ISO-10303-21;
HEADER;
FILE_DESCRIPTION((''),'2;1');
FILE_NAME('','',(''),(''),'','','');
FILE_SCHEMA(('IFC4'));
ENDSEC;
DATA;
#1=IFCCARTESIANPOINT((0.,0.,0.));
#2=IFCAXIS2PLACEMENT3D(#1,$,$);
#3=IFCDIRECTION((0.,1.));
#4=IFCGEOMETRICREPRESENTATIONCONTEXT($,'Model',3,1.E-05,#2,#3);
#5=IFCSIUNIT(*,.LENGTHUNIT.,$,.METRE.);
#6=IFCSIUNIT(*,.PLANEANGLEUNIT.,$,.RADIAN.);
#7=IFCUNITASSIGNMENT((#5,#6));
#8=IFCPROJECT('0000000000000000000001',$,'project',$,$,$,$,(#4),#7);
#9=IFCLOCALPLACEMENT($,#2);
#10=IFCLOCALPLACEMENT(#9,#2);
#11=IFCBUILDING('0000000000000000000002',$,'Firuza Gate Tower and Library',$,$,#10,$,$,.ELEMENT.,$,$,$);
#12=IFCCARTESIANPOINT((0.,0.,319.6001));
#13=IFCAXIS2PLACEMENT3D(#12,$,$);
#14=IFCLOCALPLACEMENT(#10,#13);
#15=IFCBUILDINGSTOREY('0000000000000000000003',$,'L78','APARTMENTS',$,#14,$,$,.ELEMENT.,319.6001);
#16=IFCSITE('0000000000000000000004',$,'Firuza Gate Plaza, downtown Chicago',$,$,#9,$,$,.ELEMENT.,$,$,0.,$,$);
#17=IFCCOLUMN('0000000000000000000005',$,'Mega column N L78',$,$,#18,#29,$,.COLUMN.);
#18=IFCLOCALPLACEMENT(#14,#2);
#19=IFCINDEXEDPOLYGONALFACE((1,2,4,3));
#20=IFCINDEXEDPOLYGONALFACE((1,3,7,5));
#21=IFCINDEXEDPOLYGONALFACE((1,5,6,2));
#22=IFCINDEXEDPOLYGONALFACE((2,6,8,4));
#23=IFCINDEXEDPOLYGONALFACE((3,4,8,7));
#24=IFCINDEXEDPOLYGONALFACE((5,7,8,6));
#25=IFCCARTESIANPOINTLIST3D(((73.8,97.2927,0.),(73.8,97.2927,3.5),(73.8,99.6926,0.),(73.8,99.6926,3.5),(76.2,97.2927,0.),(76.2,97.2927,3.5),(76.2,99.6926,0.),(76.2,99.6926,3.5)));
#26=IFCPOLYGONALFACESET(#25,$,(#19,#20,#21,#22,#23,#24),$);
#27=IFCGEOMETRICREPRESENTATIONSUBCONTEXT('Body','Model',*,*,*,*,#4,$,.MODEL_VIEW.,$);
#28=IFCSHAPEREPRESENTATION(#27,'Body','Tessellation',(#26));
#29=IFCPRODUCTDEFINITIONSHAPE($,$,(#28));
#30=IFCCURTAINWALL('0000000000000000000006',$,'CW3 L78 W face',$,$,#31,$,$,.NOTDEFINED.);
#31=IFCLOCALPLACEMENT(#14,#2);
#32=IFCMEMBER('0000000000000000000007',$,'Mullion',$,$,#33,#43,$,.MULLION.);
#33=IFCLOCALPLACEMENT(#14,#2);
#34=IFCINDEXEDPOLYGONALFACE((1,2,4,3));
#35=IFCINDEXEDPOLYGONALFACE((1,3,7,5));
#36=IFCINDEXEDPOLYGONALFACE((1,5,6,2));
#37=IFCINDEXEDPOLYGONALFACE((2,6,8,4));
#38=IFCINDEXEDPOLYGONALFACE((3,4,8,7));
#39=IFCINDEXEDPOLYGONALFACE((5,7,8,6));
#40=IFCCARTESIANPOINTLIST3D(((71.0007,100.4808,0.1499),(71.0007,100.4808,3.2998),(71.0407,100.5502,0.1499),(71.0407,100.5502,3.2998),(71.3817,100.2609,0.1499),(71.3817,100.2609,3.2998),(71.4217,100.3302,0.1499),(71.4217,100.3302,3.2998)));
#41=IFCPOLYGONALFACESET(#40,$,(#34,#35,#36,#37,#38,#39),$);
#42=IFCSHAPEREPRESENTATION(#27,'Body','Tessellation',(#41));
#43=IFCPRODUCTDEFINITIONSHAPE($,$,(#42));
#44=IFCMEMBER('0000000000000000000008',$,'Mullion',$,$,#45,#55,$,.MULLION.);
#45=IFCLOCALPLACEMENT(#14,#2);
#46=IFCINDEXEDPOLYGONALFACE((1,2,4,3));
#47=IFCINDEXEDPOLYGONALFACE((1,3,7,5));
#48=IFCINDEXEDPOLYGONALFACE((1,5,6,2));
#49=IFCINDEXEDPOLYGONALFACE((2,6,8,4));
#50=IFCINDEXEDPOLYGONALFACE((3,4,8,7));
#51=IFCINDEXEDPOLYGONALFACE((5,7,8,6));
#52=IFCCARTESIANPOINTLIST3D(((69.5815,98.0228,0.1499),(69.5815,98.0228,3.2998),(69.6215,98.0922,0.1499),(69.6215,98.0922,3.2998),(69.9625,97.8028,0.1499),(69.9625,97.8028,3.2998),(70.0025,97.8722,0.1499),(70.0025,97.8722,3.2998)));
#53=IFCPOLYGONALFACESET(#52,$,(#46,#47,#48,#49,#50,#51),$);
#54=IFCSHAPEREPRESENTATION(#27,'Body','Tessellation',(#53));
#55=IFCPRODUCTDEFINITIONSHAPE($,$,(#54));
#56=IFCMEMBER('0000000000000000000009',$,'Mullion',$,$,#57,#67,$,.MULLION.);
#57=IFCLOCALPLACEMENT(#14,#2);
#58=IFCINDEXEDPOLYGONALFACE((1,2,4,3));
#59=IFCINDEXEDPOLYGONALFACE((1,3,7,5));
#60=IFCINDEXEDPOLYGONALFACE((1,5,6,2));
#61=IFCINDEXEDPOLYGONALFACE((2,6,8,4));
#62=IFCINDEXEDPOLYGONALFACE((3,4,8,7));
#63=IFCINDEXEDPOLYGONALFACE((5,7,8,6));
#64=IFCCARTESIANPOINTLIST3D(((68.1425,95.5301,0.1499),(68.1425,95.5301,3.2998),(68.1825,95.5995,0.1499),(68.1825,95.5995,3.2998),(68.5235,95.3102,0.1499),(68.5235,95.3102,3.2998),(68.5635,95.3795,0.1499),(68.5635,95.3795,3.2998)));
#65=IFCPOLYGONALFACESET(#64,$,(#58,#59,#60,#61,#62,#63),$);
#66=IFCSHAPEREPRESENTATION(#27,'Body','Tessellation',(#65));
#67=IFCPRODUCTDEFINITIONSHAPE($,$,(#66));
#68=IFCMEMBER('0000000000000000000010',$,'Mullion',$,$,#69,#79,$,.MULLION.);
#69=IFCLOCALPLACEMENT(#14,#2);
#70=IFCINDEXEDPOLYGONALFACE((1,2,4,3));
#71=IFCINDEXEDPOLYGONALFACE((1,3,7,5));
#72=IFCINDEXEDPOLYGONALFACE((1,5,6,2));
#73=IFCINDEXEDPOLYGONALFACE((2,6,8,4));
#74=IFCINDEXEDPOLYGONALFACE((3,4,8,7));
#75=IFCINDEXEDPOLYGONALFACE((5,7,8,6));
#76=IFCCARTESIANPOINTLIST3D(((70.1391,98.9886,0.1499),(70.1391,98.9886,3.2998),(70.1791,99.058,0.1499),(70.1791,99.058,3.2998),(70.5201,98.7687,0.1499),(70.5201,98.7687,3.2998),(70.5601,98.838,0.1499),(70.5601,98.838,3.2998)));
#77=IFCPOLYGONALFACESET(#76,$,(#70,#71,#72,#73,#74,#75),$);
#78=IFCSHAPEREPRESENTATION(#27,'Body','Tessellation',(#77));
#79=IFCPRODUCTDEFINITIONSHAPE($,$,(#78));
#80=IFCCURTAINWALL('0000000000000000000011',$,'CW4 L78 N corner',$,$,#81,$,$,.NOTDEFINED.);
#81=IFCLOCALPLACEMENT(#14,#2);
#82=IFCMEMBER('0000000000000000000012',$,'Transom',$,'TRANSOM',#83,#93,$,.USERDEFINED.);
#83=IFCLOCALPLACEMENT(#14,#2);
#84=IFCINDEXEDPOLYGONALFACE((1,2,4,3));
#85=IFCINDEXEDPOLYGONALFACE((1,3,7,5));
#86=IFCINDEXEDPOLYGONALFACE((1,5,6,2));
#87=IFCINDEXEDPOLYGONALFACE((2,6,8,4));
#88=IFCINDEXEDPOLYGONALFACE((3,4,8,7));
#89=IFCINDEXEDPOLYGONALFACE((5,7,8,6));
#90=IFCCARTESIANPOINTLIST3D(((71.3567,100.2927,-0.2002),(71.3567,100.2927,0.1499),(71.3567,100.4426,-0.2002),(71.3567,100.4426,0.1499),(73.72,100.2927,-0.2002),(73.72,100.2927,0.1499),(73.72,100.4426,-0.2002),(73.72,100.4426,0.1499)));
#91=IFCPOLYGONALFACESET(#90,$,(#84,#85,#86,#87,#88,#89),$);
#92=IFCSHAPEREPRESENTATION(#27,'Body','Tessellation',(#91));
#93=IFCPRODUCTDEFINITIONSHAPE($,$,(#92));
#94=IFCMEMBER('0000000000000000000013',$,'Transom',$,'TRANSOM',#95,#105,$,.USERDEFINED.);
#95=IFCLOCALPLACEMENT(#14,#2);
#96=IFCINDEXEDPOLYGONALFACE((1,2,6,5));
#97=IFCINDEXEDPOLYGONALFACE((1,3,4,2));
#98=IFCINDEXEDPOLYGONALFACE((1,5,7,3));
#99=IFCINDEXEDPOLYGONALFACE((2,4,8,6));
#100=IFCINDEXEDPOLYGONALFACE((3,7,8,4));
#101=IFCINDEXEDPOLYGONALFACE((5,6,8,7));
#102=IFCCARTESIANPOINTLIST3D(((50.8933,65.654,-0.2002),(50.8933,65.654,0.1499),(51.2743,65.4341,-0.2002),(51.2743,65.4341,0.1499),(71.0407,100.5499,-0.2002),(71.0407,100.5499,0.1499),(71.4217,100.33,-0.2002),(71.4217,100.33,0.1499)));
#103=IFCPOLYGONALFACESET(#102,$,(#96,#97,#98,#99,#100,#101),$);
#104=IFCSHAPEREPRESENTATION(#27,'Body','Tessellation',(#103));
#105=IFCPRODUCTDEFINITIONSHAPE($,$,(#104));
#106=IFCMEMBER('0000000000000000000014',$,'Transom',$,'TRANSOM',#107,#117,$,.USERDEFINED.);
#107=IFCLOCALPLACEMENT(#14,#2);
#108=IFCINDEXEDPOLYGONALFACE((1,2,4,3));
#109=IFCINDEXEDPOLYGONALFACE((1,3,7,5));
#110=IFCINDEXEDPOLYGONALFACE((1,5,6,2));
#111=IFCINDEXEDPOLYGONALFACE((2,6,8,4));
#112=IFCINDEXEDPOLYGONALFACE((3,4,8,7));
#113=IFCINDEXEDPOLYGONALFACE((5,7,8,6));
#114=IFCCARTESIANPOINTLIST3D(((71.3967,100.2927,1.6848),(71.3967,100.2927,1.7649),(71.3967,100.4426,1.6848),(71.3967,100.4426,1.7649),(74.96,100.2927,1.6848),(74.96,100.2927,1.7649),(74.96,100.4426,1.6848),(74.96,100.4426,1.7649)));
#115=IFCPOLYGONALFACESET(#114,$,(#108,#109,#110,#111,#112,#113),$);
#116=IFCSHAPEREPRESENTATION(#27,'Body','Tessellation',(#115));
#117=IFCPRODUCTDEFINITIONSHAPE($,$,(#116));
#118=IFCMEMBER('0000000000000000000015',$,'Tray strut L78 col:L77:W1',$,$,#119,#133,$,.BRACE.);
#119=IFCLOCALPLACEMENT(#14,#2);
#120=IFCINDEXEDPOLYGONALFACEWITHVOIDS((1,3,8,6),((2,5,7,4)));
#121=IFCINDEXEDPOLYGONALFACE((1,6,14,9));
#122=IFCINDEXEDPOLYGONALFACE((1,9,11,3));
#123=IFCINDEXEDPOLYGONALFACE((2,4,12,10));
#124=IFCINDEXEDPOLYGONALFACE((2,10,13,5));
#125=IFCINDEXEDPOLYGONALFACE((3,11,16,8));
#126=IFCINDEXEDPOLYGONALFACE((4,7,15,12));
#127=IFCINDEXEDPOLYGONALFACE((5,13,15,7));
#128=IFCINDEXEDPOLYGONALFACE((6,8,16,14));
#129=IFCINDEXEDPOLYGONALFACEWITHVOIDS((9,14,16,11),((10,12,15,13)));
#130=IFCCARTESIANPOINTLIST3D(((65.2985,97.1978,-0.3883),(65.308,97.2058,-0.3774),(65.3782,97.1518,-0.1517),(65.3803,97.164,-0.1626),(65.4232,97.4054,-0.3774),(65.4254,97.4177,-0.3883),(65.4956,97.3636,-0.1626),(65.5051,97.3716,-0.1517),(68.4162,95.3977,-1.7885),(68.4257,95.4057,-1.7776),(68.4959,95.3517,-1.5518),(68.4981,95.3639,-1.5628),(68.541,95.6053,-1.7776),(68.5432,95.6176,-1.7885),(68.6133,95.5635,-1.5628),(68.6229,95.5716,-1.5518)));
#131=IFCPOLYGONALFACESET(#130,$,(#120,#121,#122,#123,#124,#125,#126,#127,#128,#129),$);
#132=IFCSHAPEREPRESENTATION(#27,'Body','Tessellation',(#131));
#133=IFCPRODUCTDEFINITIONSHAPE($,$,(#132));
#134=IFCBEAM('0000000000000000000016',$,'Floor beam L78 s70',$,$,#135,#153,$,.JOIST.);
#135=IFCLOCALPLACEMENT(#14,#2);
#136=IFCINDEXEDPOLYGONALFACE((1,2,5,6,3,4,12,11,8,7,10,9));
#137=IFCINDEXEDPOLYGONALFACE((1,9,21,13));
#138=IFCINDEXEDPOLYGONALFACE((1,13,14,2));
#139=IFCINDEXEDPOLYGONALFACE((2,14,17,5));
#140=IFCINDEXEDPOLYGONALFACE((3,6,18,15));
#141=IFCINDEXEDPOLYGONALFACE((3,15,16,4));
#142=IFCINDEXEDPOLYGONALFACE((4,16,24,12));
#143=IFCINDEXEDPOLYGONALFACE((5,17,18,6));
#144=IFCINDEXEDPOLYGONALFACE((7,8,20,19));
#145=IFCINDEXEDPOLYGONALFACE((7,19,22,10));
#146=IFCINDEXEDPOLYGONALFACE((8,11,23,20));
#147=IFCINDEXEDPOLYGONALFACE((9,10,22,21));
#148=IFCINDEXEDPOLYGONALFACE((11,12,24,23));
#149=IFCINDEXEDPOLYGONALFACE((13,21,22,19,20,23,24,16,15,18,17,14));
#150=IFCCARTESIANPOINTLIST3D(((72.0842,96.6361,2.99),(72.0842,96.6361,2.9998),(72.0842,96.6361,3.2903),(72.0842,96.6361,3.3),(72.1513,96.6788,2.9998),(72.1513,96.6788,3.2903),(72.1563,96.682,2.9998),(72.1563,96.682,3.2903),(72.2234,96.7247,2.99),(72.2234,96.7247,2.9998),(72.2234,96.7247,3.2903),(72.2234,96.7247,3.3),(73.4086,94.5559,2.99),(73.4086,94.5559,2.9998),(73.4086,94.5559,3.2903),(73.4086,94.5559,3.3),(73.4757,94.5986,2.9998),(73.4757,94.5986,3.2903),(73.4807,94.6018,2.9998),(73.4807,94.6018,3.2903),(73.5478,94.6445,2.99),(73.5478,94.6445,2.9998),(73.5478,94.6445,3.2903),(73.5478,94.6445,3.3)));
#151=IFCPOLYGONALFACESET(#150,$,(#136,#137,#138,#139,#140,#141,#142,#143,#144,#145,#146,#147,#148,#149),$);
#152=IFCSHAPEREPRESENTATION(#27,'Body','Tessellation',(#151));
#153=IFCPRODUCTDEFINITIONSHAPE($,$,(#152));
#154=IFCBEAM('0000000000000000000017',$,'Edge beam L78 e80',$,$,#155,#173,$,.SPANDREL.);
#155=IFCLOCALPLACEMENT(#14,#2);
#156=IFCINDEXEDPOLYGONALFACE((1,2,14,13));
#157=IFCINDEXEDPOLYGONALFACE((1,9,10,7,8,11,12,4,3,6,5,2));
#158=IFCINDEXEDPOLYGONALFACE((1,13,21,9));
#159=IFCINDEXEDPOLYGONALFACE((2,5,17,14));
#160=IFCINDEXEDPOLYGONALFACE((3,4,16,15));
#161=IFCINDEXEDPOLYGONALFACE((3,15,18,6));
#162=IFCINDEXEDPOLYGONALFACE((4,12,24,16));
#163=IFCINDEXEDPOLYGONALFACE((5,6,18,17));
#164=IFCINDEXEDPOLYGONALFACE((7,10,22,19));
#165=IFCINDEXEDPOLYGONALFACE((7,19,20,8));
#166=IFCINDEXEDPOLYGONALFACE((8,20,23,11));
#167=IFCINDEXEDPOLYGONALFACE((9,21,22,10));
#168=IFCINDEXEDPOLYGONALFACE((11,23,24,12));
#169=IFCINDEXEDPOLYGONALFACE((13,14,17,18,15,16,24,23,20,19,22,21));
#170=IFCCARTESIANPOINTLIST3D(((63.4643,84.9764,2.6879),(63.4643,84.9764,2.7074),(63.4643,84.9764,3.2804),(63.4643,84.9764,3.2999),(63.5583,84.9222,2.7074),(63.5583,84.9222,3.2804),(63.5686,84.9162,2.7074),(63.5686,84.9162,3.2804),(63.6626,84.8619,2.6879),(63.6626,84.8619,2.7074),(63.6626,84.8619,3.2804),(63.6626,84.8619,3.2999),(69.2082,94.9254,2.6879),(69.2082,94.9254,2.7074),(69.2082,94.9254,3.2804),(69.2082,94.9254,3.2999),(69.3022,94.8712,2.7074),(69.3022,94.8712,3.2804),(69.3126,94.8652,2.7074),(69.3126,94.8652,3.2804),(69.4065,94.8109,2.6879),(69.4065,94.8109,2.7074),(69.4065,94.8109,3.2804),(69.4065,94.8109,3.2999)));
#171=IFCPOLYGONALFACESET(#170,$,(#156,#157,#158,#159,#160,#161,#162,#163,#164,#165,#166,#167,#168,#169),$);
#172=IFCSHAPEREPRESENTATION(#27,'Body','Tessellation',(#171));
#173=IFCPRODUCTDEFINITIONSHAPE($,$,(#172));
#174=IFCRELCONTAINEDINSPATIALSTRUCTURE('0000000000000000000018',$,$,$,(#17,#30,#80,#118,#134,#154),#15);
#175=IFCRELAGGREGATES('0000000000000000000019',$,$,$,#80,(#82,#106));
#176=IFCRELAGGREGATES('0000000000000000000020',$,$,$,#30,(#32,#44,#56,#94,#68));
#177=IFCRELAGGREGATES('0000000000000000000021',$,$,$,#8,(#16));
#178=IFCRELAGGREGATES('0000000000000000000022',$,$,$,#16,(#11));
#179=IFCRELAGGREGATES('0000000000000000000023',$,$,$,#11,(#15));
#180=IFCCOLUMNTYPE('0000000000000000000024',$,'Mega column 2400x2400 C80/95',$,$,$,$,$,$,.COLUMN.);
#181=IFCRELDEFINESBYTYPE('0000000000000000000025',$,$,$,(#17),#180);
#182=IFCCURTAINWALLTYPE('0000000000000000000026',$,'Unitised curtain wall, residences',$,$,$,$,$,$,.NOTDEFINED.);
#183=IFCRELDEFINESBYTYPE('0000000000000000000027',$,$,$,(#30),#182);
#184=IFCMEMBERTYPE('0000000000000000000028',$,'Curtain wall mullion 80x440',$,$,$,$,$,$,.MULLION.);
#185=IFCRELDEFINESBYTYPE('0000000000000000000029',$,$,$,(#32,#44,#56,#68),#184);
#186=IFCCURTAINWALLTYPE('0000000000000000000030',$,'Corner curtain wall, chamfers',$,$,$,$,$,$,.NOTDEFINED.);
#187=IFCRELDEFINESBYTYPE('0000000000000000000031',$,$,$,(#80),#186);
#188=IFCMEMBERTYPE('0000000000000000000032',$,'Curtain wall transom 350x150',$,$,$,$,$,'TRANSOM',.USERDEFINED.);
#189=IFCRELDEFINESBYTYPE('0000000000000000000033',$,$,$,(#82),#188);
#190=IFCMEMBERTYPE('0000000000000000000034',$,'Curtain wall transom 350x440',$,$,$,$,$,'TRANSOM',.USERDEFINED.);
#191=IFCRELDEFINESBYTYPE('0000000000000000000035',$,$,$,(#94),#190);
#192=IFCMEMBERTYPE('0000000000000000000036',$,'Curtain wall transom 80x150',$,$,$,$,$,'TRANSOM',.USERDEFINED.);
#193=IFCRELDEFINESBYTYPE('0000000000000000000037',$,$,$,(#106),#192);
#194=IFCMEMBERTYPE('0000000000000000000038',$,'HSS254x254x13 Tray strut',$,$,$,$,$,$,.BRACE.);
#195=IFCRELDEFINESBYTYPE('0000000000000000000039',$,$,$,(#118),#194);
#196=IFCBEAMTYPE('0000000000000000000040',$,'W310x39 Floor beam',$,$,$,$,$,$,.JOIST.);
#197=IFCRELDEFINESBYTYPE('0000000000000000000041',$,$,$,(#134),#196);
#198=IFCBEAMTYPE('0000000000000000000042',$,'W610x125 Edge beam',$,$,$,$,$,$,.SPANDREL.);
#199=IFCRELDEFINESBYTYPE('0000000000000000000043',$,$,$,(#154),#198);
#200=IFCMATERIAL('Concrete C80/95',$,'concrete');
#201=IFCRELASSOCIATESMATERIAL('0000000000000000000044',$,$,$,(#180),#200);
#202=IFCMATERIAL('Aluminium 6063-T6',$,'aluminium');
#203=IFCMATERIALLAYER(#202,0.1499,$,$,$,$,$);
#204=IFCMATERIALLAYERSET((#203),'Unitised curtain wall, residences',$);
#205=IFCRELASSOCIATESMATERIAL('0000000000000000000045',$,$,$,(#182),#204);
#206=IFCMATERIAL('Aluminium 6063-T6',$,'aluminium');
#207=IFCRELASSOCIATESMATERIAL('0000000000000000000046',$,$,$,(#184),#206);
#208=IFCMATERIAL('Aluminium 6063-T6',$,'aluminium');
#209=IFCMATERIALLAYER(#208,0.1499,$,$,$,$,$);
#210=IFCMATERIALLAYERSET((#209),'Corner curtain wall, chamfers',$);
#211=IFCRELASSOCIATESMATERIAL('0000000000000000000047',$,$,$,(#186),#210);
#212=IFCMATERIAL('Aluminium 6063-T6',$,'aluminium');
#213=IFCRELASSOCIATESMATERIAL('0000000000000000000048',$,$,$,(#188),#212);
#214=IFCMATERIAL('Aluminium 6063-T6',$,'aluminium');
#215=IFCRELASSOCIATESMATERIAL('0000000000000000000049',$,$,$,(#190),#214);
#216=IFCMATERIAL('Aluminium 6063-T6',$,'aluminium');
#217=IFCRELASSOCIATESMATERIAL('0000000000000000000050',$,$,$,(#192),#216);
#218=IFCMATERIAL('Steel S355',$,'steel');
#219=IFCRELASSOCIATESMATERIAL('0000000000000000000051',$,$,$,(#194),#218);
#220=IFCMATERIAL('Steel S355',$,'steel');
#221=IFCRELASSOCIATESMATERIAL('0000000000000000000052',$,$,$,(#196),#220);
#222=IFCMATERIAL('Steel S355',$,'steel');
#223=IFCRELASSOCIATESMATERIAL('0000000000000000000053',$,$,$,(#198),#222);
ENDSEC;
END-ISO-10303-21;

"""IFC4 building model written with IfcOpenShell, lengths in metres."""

from ifc_helpers import new_model, si_unit, direction, frame, origin, origin_2d, place, context, subcontext, project, spatial, rectangle, hollow_rectangle, i_section, extrude, material, layer, layer_set, material_profile, profile_set, type_object, element, aggregate, save


model = new_model("IFC4")

# Units and contexts
model_context = context("Model", 3, precision=1e-05, world=origin(), true_north=direction((0.0, 1.0)))
body_context = subcontext(model_context, "Body", "Model", "MODEL_VIEW")
ifc_project = project(units=[si_unit("LENGTHUNIT", "METRE"), si_unit("PLANEANGLEUNIT", "RADIAN")], contexts=[model_context])

# Site, building, storey
site_placement = place(None, origin())
site = spatial("IfcSite", under=ifc_project, at=site_placement, Name="Firuza Gate Plaza, downtown Chicago", CompositionType="ELEMENT", RefElevation=0.0)
building_placement = place(site_placement, origin())
building = spatial("IfcBuilding", under=site, at=building_placement, Name="Firuza Gate Tower and Library", CompositionType="ELEMENT")
storey_placement = place(building_placement, frame((0.0, 0.0, 319.6001)))
storey = spatial("IfcBuildingStorey", under=building, at=storey_placement, Name="L78", Description="APARTMENTS", CompositionType="ELEMENT", Elevation=319.6001)

# Column
ifc_material_1 = material(Name="Concrete C80/95", Category="concrete")
ifc_material_profile_1 = material_profile(ifc_material_1, rectangle(XDim=2.3999, YDim=2.3999, at=origin_2d()))
ifc_profile_set_1 = profile_set([ifc_material_profile_1], Name="Concrete C80/95")
column_type = type_object("IfcColumnType", Name="Mega column 2400x2400 C80/95", PredefinedType="COLUMN", material=ifc_profile_set_1)
column_placement = place(storey_placement, frame((75.0, 98.4927, 0.0), z_axis=(0.0, 0.0, 1.0), x_axis=(-1.0, 0.0, 0.0)))
element("IfcColumn", 1, at=column_placement, inside=storey, type_object=column_type, Name="Mega column N L78", PredefinedType="COLUMN", context=body_context, shape_type="SweptSolid", body=[
    extrude(rectangle(XDim=2.3999, YDim=2.3999, at=origin_2d()), origin(), (0.0, 0.0, 1.0), 3.5),
])

# Curtain wall, members
ifc_material_2 = material(Name="Aluminium 6063-T6", Category="aluminium")
ifc_layer_1 = layer(ifc_material_2, 0.1499)
ifc_layer_set_1 = layer_set([ifc_layer_1], Name="Unitised curtain wall, residences")
curtain_wall_type_1 = type_object("IfcCurtainWallType", Name="Unitised curtain wall, residences", PredefinedType="NOTDEFINED", material=ifc_layer_set_1)
placement = place(storey_placement, origin())
curtain_wall_1 = element("IfcCurtainWall", 2, at=placement, inside=storey, type_object=curtain_wall_type_1, Name="CW3 L78 W face", PredefinedType="NOTDEFINED")
ifc_material_3 = material(Name="Aluminium 6063-T6", Category="aluminium")
ifc_material_profile_2 = material_profile(ifc_material_3, rectangle(XDim=0.4399, YDim=0.0801, at=origin_2d()))
ifc_profile_set_2 = profile_set([ifc_material_profile_2], Name="Aluminium 6063-T6")
member_type_1 = type_object("IfcMemberType", Name="Curtain wall mullion 80x440", PredefinedType="MULLION", material=ifc_profile_set_2)
member_1_placement = place(storey_placement, frame((71.2112, 100.4055, 0.1499), z_axis=(0.0, 0.0, 1.0), x_axis=(0.866025, -0.5, 0.0)))
member_1 = element("IfcMember", 3, at=member_1_placement, type_object=member_type_1, Name="Mullion", PredefinedType="MULLION", context=body_context, shape_type="SweptSolid", body=[
    extrude(rectangle(XDim=0.4399, YDim=0.0801, at=origin_2d()), origin(), (0.0, 0.0, 1.0), 3.1499),
])
member_2_placement = place(storey_placement, frame((69.792, 97.9475, 0.1499), z_axis=(0.0, 0.0, 1.0), x_axis=(0.866025, -0.5, 0.0)))
member_2 = element("IfcMember", 4, at=member_2_placement, type_object=member_type_1, Name="Mullion", PredefinedType="MULLION", context=body_context, shape_type="SweptSolid", body=[
    extrude(rectangle(XDim=0.4399, YDim=0.0801, at=origin_2d()), origin(), (0.0, 0.0, 1.0), 3.1499),
])
member_3_placement = place(storey_placement, frame((68.353, 95.4548, 0.1499), z_axis=(0.0, 0.0, 1.0), x_axis=(0.866025, -0.5, 0.0)))
member_3 = element("IfcMember", 5, at=member_3_placement, type_object=member_type_1, Name="Mullion", PredefinedType="MULLION", context=body_context, shape_type="SweptSolid", body=[
    extrude(rectangle(XDim=0.4399, YDim=0.0801, at=origin_2d()), origin(), (0.0, 0.0, 1.0), 3.1499),
])
member_4_placement = place(storey_placement, frame((70.3496, 98.9133, 0.1499), z_axis=(0.0, 0.0, 1.0), x_axis=(0.866025, -0.5, 0.0)))
member_4 = element("IfcMember", 6, at=member_4_placement, type_object=member_type_1, Name="Mullion", PredefinedType="MULLION", context=body_context, shape_type="SweptSolid", body=[
    extrude(rectangle(XDim=0.4399, YDim=0.0801, at=origin_2d()), origin(), (0.0, 0.0, 1.0), 3.1499),
])

# Curtain wall, member
ifc_material_4 = material(Name="Aluminium 6063-T6", Category="aluminium")
ifc_layer_2 = layer(ifc_material_4, 0.1499)
ifc_layer_set_2 = layer_set([ifc_layer_2], Name="Corner curtain wall, chamfers")
curtain_wall_type_2 = type_object("IfcCurtainWallType", Name="Corner curtain wall, chamfers", PredefinedType="NOTDEFINED", material=ifc_layer_set_2)
curtain_wall_2 = element("IfcCurtainWall", 7, at=placement, inside=storey, type_object=curtain_wall_type_2, Name="CW4 L78 N corner", PredefinedType="NOTDEFINED")
ifc_material_5 = material(Name="Aluminium 6063-T6", Category="aluminium")
ifc_material_profile_3 = material_profile(ifc_material_5, rectangle(XDim=0.1499, YDim=0.3501, at=origin_2d()))
ifc_profile_set_3 = profile_set([ifc_material_profile_3], Name="Aluminium 6063-T6")
member_type_2 = type_object("IfcMemberType", Name="Curtain wall transom 350x150", ElementType="TRANSOM", PredefinedType="USERDEFINED", material=ifc_profile_set_3)
member_5_placement = place(storey_placement, frame((73.72, 100.3677, -0.0251), z_axis=(-1.0, 0.0, 0.0), x_axis=(0.0, -1.0, 0.0)))
member_5 = element("IfcMember", 8, at=member_5_placement, type_object=member_type_2, Name="Transom", ObjectType="TRANSOM", PredefinedType="USERDEFINED", context=body_context, shape_type="SweptSolid", body=[
    extrude(rectangle(XDim=0.1499, YDim=0.3501, at=origin_2d()), origin(), (0.0, 0.0, 1.0), 2.3633),
])

# Members
ifc_material_6 = material(Name="Aluminium 6063-T6", Category="aluminium")
ifc_material_profile_4 = material_profile(ifc_material_6, rectangle(XDim=0.4399, YDim=0.3501, at=origin_2d()))
ifc_profile_set_4 = profile_set([ifc_material_profile_4], Name="Aluminium 6063-T6")
member_type_3 = type_object("IfcMemberType", Name="Curtain wall transom 350x440", ElementType="TRANSOM", PredefinedType="USERDEFINED", material=ifc_profile_set_4)
member_6_placement = place(storey_placement, frame((71.2312, 100.4399, -0.0251), z_axis=(-0.500005, -0.866023, 0.0), x_axis=(0.866023, -0.500005, 0.0)))
member_6 = element("IfcMember", 9, at=member_6_placement, type_object=member_type_3, Name="Transom", ObjectType="TRANSOM", PredefinedType="USERDEFINED", context=body_context, shape_type="SweptSolid", body=[
    extrude(rectangle(XDim=0.4399, YDim=0.3501, at=origin_2d()), origin(), (0.0, 0.0, 1.0), 40.2944),
])
ifc_material_7 = material(Name="Aluminium 6063-T6", Category="aluminium")
ifc_material_profile_5 = material_profile(ifc_material_7, rectangle(XDim=0.1499, YDim=0.0801, at=origin_2d()))
ifc_profile_set_5 = profile_set([ifc_material_profile_5], Name="Aluminium 6063-T6")
member_type_4 = type_object("IfcMemberType", Name="Curtain wall transom 80x150", ElementType="TRANSOM", PredefinedType="USERDEFINED", material=ifc_profile_set_5)
member_7_placement = place(storey_placement, frame((74.96, 100.3677, 1.7249), z_axis=(-1.0, 0.0, 0.0), x_axis=(0.0, -1.0, 0.0)))
member_7 = element("IfcMember", 10, at=member_7_placement, type_object=member_type_4, Name="Transom", ObjectType="TRANSOM", PredefinedType="USERDEFINED", context=body_context, shape_type="SweptSolid", body=[
    extrude(rectangle(XDim=0.1499, YDim=0.0801, at=origin_2d()), origin(), (0.0, 0.0, 1.0), 3.5632),
])
ifc_material_8 = material(Name="Steel S355", Category="steel")
ifc_material_profile_6 = material_profile(ifc_material_8, hollow_rectangle(XDim=0.2539, YDim=0.2539, WallThickness=0.0117, at=origin_2d()))
ifc_profile_set_6 = profile_set([ifc_material_profile_6], Name="Steel S355")
member_type_5 = type_object("IfcMemberType", Name="HSS254x254x13 Tray strut", PredefinedType="BRACE", material=ifc_profile_set_6)
member_8_placement = place(storey_placement, frame((68.5195, 95.4846, -1.6702), z_axis=(-0.807122, 0.466007, 0.362478), x_axis=(-0.500012, -0.866018, 0.0)))
element("IfcMember", 11, at=member_8_placement, inside=storey, type_object=member_type_5, Name="Tray strut L78 col:L77:W1", PredefinedType="BRACE", context=body_context, shape_type="SweptSolid", body=[
    extrude(hollow_rectangle(XDim=0.2539, YDim=0.2539, WallThickness=0.0117, at=origin_2d()), origin(), (0.0, 0.0, 1.0), 3.8628),
])

# Beams
ifc_material_9 = material(Name="Steel S355", Category="steel")
ifc_material_profile_7 = material_profile(ifc_material_9, i_section(OverallWidth=0.165, OverallDepth=0.3101, WebThickness=0.0059, FlangeThickness=0.0098, at=origin_2d()))
ifc_profile_set_7 = profile_set([ifc_material_profile_7], Name="Steel S355")
beam_type_1 = type_object("IfcBeamType", Name="W310x39 Floor beam", PredefinedType="JOIST", material=ifc_profile_set_7)
beam_1_placement = place(storey_placement, frame((72.1538, 96.6804, 3.145), z_axis=(0.537055, -0.843547, 0.0), x_axis=(0.843547, 0.537055, 0.0)))
element("IfcBeam", 12, at=beam_1_placement, inside=storey, type_object=beam_type_1, Name="Floor beam L78 s70", PredefinedType="JOIST", context=body_context, shape_type="SweptSolid", body=[
    extrude(i_section(OverallWidth=0.165, OverallDepth=0.3101, WebThickness=0.0059, FlangeThickness=0.0098, at=origin_2d()), origin(), (0.0, 0.0, 1.0), 2.4661),
])
ifc_material_10 = material(Name="Steel S355", Category="steel")
ifc_material_profile_8 = material_profile(ifc_material_10, i_section(OverallWidth=0.229, OverallDepth=0.6121, WebThickness=0.012, FlangeThickness=0.0195, at=origin_2d()))
ifc_profile_set_8 = profile_set([ifc_material_profile_8], Name="Steel S355")
beam_type_2 = type_object("IfcBeamType", Name="W610x125 Edge beam", PredefinedType="SPANDREL", material=ifc_profile_set_8)
beam_2_placement = place(storey_placement, frame((69.3074, 94.8682, 2.9939), z_axis=(-0.49999, -0.866031, 0.0), x_axis=(0.866031, -0.49999, 0.0)))
element("IfcBeam", 13, at=beam_2_placement, inside=storey, type_object=beam_type_2, Name="Edge beam L78 e80", PredefinedType="SPANDREL", context=body_context, shape_type="SweptSolid", body=[
    extrude(i_section(OverallWidth=0.229, OverallDepth=0.6121, WebThickness=0.012, FlangeThickness=0.0195, at=origin_2d()), origin(), (0.0, 0.0, 1.0), 11.488),
])

aggregate(curtain_wall_2, [member_5, member_7])
aggregate(curtain_wall_1, [member_1, member_2, member_3, member_6, member_4])

save(model, "model.ifc")
